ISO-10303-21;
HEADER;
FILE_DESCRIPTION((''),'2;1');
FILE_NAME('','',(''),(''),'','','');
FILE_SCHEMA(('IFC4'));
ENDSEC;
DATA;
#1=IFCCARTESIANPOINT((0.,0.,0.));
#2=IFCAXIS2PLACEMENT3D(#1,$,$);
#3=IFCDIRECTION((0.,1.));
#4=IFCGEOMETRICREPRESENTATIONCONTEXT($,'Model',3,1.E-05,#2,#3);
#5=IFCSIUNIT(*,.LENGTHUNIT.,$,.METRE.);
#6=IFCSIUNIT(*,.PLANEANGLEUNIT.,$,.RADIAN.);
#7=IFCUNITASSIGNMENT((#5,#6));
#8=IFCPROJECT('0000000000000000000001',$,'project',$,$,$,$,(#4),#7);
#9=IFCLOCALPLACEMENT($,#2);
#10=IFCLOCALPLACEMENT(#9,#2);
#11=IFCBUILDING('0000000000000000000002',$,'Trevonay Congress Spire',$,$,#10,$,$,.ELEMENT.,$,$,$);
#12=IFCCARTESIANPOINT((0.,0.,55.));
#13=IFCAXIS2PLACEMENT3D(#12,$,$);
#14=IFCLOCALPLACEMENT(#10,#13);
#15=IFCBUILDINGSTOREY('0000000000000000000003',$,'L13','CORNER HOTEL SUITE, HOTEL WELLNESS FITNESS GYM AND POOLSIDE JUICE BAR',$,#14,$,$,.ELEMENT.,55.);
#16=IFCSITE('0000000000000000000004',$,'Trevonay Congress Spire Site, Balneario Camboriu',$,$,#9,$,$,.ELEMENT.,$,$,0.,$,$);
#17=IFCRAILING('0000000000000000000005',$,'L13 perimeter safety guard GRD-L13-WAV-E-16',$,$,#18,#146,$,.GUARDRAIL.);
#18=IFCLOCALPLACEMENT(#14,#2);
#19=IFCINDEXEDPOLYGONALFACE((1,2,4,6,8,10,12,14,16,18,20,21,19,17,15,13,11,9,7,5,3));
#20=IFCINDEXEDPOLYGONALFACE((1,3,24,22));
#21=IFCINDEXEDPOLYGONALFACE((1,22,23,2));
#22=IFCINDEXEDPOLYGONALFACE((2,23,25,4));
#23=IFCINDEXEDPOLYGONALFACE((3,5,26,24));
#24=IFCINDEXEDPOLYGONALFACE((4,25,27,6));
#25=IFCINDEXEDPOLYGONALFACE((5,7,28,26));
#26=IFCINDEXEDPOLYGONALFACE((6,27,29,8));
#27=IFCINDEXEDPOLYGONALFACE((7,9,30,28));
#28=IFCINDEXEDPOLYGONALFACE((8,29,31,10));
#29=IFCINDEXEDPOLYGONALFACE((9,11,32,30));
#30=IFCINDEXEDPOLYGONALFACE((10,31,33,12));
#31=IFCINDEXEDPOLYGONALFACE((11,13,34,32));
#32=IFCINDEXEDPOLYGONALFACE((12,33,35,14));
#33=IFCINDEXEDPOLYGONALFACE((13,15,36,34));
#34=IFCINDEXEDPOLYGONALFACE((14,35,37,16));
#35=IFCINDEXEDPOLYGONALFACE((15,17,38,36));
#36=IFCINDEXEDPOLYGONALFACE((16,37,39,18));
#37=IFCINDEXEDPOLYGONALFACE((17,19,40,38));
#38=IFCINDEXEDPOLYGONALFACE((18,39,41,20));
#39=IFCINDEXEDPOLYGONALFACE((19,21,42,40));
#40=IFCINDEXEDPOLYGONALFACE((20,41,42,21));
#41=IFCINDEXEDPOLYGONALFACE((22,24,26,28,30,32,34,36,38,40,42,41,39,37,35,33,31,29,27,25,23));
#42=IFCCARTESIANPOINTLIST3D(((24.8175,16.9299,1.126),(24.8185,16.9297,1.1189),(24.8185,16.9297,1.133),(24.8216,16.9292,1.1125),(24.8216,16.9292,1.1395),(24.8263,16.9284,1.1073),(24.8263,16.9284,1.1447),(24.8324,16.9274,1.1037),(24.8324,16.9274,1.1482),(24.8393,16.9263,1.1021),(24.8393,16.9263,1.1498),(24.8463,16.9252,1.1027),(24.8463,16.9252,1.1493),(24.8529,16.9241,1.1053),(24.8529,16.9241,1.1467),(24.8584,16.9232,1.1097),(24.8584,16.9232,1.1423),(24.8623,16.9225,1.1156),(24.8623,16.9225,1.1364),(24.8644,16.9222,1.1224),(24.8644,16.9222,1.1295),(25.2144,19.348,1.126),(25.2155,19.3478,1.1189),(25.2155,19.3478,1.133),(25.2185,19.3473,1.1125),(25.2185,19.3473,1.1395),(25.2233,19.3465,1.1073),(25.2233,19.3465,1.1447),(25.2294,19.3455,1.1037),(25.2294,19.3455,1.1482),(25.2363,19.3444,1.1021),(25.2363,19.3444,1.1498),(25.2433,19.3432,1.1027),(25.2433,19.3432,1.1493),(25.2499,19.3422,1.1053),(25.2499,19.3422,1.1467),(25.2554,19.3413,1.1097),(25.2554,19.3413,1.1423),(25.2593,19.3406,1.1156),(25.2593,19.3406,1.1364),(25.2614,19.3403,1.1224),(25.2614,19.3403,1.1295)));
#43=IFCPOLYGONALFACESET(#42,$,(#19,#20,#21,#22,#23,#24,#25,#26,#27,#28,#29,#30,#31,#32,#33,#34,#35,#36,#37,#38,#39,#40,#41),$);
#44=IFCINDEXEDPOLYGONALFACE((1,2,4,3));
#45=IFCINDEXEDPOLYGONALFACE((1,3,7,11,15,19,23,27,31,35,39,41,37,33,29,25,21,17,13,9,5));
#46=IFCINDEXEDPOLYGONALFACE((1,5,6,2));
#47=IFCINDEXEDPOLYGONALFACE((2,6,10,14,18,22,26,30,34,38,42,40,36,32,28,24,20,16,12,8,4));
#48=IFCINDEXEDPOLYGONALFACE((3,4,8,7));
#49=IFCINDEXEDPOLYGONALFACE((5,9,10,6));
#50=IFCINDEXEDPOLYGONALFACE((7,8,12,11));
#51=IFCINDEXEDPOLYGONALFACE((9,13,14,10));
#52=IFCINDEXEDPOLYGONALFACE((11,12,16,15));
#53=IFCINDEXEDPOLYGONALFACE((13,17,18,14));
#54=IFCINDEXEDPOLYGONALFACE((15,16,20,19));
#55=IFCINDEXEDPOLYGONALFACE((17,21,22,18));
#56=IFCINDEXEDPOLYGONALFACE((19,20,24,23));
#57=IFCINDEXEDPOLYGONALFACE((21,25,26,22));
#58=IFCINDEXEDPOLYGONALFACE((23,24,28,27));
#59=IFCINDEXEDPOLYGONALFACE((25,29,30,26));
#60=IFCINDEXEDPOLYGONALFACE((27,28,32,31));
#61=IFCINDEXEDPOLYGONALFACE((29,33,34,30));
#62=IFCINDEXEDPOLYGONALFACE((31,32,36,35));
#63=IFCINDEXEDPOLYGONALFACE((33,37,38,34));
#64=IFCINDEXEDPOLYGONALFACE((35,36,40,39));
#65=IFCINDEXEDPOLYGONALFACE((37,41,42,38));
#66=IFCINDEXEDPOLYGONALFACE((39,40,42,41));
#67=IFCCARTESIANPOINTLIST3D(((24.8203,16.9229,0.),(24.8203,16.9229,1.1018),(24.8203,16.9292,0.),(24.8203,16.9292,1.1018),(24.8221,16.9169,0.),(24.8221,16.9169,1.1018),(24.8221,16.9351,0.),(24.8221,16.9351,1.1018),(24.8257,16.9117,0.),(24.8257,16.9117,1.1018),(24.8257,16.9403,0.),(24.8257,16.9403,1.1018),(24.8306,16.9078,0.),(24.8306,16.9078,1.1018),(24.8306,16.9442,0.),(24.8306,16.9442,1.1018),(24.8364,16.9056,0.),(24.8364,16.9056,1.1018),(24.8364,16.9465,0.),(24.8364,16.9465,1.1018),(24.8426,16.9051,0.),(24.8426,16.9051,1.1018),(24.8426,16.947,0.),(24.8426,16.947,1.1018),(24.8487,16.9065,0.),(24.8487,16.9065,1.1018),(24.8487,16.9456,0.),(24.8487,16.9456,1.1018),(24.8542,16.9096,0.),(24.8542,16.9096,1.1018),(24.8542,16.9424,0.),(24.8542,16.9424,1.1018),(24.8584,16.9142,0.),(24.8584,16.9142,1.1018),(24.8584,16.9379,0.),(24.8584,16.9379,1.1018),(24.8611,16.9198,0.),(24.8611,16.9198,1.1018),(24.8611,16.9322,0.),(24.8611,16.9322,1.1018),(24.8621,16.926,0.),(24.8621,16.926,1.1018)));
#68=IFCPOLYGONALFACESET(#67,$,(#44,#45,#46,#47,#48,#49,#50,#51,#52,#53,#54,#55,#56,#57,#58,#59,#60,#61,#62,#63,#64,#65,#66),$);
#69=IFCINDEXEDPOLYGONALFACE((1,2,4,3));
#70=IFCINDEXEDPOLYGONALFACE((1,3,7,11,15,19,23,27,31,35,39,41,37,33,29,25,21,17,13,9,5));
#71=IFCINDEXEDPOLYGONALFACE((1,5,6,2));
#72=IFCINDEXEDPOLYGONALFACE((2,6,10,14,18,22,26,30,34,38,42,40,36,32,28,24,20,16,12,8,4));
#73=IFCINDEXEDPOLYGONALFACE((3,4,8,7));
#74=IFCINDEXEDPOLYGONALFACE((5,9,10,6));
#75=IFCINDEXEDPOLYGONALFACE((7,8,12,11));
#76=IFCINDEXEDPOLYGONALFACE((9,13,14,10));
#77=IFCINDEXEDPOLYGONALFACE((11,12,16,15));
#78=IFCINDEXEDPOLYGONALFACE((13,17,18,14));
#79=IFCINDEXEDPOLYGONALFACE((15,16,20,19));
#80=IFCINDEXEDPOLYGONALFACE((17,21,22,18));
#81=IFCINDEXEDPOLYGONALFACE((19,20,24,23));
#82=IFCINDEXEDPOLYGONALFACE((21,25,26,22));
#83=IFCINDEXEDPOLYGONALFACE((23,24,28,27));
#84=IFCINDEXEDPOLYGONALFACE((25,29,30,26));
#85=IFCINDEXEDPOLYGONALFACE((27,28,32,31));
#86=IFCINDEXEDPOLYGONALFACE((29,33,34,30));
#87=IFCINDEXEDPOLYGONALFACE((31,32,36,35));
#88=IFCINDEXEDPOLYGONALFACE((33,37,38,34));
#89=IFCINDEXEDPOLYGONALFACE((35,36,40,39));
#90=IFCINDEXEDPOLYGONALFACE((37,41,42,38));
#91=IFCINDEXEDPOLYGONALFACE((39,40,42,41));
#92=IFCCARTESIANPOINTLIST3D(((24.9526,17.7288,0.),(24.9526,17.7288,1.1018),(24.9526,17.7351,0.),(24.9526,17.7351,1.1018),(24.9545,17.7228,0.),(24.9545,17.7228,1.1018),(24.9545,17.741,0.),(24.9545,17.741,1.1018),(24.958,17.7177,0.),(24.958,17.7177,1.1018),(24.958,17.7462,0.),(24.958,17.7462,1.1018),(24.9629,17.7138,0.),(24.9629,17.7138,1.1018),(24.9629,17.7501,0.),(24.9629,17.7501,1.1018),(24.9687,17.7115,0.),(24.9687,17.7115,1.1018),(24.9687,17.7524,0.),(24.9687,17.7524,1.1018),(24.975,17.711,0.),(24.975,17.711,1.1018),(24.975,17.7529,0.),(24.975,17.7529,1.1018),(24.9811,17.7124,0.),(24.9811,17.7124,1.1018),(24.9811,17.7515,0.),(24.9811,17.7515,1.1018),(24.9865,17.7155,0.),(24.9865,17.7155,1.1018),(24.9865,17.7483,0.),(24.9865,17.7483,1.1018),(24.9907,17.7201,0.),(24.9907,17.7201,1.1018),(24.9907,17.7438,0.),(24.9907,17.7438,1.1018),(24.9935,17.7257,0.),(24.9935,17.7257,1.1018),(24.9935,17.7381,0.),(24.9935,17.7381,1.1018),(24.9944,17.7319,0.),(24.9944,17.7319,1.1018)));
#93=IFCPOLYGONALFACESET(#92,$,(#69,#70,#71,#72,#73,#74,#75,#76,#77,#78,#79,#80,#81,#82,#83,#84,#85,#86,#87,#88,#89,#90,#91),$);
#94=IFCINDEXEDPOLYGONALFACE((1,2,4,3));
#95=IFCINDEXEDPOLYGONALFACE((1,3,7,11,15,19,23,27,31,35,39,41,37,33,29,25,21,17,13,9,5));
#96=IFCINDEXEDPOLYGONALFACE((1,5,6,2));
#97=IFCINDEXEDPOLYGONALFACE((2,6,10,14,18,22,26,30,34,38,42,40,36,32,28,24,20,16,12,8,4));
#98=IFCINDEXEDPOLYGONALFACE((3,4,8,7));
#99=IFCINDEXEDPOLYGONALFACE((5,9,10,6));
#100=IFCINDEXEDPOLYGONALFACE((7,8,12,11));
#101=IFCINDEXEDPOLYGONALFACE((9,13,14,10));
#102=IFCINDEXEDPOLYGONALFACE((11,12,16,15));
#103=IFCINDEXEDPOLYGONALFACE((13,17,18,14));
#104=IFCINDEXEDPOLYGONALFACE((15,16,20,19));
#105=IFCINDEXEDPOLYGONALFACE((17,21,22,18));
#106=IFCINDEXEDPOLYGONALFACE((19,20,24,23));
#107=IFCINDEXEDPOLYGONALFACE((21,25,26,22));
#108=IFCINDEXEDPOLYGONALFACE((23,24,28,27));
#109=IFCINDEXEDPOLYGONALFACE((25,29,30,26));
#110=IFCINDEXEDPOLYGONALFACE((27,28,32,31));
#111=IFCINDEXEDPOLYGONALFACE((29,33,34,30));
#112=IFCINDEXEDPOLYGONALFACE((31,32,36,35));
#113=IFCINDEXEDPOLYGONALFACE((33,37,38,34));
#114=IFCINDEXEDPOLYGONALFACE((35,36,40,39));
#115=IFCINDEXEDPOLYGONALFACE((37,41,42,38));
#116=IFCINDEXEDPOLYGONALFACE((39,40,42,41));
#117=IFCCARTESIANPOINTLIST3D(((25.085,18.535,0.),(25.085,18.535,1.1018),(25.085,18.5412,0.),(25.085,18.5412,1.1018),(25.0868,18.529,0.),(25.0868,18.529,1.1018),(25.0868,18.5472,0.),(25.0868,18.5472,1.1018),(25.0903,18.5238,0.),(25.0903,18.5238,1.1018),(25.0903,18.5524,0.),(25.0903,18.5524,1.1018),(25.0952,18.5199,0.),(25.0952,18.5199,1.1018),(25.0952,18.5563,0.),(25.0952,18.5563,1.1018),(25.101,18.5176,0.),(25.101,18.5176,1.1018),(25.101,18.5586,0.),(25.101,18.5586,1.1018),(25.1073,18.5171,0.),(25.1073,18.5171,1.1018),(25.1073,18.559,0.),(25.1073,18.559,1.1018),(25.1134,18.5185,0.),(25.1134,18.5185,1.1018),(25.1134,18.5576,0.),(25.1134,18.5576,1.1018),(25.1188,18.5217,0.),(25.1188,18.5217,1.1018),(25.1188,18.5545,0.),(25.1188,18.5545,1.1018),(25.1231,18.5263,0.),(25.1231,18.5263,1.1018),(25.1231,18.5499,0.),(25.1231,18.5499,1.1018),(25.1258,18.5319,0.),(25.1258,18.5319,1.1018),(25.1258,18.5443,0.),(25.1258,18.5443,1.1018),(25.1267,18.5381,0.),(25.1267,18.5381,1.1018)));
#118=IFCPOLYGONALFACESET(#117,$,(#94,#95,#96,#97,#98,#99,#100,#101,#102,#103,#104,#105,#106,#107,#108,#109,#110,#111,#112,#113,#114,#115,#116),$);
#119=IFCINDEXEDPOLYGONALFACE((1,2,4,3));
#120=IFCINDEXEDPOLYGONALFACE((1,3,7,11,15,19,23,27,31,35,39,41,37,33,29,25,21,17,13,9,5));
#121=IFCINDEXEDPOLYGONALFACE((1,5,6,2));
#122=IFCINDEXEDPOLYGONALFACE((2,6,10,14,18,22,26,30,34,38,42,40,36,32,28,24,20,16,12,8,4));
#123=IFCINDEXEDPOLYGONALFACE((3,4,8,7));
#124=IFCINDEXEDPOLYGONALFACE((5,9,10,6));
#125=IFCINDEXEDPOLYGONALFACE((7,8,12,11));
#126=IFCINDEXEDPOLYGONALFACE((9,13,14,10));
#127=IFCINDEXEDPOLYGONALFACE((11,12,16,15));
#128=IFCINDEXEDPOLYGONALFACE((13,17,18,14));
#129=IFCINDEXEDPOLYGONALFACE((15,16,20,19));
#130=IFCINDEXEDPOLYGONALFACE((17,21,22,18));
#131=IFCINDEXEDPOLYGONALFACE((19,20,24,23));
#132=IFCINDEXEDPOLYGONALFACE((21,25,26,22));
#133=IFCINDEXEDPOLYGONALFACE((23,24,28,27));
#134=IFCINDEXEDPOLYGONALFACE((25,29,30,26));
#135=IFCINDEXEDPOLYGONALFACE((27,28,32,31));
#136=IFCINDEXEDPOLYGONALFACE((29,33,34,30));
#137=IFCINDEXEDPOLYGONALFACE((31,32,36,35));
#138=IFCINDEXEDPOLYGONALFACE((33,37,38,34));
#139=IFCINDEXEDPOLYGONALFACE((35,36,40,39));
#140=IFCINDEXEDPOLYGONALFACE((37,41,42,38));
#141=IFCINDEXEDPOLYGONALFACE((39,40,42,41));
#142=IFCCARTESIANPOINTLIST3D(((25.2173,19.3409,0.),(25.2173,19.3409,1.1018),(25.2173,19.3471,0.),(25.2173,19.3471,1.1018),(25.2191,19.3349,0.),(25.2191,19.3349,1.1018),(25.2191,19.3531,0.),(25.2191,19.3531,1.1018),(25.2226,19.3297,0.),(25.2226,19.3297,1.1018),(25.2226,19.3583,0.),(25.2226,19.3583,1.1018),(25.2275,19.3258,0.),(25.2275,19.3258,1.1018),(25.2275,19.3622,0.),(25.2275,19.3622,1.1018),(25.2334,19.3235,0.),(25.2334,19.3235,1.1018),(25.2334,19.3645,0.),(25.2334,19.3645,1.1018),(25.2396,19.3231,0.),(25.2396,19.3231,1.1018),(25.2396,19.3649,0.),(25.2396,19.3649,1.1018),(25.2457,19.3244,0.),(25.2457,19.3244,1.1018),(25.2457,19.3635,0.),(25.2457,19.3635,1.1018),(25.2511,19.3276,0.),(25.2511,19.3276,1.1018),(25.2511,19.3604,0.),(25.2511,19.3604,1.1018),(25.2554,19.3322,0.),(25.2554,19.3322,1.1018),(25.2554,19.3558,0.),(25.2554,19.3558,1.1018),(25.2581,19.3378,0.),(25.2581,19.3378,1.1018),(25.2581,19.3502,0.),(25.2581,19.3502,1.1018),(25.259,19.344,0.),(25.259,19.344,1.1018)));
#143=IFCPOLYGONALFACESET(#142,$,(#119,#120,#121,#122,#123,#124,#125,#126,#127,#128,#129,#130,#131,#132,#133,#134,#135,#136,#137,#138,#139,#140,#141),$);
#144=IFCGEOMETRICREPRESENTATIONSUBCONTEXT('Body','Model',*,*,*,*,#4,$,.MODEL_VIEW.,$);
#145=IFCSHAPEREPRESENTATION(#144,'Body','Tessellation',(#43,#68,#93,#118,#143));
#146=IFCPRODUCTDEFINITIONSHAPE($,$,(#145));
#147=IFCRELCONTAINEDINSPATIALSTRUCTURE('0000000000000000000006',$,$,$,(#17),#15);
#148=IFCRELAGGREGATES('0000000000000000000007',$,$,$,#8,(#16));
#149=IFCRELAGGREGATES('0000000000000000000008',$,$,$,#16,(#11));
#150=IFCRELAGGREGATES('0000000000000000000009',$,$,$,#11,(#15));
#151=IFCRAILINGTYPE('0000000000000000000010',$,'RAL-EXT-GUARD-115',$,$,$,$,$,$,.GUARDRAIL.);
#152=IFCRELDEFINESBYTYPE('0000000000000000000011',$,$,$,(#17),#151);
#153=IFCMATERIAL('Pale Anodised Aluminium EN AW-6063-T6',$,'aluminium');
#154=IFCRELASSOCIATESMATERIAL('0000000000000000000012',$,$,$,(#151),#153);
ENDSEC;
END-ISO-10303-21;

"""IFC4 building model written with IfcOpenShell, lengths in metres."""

from ifc_helpers import new_model, si_unit, direction, frame, origin, origin_2d, place, context, subcontext, project, spatial, circle, extrude, material, type_object, element, save


model = new_model("IFC4")

# Units and contexts
model_context = context("Model", 3, precision=1e-05, world=origin(), true_north=direction((0.0, 1.0)))
body_context = subcontext(model_context, "Body", "Model", "MODEL_VIEW")
ifc_project = project(units=[si_unit("LENGTHUNIT", "METRE"), si_unit("PLANEANGLEUNIT", "RADIAN")], contexts=[model_context])

# Site, building, storey
site_placement = place(None, origin())
site = spatial("IfcSite", under=ifc_project, at=site_placement, Name="Trevonay Congress Spire Site, Balneario Camboriu", CompositionType="ELEMENT", RefElevation=0.0)
building_placement = place(site_placement, origin())
building = spatial("IfcBuilding", under=site, at=building_placement, Name="Trevonay Congress Spire", CompositionType="ELEMENT")
storey_placement = place(building_placement, frame((0.0, 0.0, 55.0)))
storey = spatial("IfcBuildingStorey", under=building, at=storey_placement, Name="L13", Description="CORNER HOTEL SUITE, HOTEL WELLNESS FITNESS GYM AND POOLSIDE JUICE BAR", CompositionType="ELEMENT", Elevation=55.0)

# Shared definitions
ifc_material_1 = material(Name="Pale Anodised Aluminium EN AW-6063-T6", Category="aluminium")

# Railing
railing_type = type_object("IfcRailingType", Name="RAL-EXT-GUARD-115", PredefinedType="GUARDRAIL", material=ifc_material_1)
railing_1_placement = place(storey_placement, frame((24.8411, 16.926, 0.0)))
element("IfcRailing", 1, at=railing_1_placement, inside=storey, type_object=railing_type, Name="L13 perimeter safety guard GRD-L13-WAV-E-16", PredefinedType="GUARDRAIL", context=body_context, shape_type="SweptSolid", body=[
    extrude(circle(Radius=0.0239, at=origin_2d()), frame((0.0, 0.0, 1.126), z_axis=(0.162007, 0.98679, 0.0), x_axis=(-0.98679, 0.162007, 0.0)), (0.0, 0.0, 1.0), 2.4504),
    extrude(circle(Radius=0.021, at=origin_2d()), origin(), (0.0, 0.0, 1.0), 1.1018),
    extrude(circle(Radius=0.021, at=origin_2d()), frame((0.1323, 0.8059, 0.0)), (0.0, 0.0, 1.0), 1.1018),
    extrude(circle(Radius=0.021, at=origin_2d()), frame((0.2646, 1.6121, 0.0)), (0.0, 0.0, 1.0), 1.1018),
    extrude(circle(Radius=0.021, at=origin_2d()), frame((0.397, 2.418, 0.0)), (0.0, 0.0, 1.0), 1.1018),
])

save(model, "model.ifc")
